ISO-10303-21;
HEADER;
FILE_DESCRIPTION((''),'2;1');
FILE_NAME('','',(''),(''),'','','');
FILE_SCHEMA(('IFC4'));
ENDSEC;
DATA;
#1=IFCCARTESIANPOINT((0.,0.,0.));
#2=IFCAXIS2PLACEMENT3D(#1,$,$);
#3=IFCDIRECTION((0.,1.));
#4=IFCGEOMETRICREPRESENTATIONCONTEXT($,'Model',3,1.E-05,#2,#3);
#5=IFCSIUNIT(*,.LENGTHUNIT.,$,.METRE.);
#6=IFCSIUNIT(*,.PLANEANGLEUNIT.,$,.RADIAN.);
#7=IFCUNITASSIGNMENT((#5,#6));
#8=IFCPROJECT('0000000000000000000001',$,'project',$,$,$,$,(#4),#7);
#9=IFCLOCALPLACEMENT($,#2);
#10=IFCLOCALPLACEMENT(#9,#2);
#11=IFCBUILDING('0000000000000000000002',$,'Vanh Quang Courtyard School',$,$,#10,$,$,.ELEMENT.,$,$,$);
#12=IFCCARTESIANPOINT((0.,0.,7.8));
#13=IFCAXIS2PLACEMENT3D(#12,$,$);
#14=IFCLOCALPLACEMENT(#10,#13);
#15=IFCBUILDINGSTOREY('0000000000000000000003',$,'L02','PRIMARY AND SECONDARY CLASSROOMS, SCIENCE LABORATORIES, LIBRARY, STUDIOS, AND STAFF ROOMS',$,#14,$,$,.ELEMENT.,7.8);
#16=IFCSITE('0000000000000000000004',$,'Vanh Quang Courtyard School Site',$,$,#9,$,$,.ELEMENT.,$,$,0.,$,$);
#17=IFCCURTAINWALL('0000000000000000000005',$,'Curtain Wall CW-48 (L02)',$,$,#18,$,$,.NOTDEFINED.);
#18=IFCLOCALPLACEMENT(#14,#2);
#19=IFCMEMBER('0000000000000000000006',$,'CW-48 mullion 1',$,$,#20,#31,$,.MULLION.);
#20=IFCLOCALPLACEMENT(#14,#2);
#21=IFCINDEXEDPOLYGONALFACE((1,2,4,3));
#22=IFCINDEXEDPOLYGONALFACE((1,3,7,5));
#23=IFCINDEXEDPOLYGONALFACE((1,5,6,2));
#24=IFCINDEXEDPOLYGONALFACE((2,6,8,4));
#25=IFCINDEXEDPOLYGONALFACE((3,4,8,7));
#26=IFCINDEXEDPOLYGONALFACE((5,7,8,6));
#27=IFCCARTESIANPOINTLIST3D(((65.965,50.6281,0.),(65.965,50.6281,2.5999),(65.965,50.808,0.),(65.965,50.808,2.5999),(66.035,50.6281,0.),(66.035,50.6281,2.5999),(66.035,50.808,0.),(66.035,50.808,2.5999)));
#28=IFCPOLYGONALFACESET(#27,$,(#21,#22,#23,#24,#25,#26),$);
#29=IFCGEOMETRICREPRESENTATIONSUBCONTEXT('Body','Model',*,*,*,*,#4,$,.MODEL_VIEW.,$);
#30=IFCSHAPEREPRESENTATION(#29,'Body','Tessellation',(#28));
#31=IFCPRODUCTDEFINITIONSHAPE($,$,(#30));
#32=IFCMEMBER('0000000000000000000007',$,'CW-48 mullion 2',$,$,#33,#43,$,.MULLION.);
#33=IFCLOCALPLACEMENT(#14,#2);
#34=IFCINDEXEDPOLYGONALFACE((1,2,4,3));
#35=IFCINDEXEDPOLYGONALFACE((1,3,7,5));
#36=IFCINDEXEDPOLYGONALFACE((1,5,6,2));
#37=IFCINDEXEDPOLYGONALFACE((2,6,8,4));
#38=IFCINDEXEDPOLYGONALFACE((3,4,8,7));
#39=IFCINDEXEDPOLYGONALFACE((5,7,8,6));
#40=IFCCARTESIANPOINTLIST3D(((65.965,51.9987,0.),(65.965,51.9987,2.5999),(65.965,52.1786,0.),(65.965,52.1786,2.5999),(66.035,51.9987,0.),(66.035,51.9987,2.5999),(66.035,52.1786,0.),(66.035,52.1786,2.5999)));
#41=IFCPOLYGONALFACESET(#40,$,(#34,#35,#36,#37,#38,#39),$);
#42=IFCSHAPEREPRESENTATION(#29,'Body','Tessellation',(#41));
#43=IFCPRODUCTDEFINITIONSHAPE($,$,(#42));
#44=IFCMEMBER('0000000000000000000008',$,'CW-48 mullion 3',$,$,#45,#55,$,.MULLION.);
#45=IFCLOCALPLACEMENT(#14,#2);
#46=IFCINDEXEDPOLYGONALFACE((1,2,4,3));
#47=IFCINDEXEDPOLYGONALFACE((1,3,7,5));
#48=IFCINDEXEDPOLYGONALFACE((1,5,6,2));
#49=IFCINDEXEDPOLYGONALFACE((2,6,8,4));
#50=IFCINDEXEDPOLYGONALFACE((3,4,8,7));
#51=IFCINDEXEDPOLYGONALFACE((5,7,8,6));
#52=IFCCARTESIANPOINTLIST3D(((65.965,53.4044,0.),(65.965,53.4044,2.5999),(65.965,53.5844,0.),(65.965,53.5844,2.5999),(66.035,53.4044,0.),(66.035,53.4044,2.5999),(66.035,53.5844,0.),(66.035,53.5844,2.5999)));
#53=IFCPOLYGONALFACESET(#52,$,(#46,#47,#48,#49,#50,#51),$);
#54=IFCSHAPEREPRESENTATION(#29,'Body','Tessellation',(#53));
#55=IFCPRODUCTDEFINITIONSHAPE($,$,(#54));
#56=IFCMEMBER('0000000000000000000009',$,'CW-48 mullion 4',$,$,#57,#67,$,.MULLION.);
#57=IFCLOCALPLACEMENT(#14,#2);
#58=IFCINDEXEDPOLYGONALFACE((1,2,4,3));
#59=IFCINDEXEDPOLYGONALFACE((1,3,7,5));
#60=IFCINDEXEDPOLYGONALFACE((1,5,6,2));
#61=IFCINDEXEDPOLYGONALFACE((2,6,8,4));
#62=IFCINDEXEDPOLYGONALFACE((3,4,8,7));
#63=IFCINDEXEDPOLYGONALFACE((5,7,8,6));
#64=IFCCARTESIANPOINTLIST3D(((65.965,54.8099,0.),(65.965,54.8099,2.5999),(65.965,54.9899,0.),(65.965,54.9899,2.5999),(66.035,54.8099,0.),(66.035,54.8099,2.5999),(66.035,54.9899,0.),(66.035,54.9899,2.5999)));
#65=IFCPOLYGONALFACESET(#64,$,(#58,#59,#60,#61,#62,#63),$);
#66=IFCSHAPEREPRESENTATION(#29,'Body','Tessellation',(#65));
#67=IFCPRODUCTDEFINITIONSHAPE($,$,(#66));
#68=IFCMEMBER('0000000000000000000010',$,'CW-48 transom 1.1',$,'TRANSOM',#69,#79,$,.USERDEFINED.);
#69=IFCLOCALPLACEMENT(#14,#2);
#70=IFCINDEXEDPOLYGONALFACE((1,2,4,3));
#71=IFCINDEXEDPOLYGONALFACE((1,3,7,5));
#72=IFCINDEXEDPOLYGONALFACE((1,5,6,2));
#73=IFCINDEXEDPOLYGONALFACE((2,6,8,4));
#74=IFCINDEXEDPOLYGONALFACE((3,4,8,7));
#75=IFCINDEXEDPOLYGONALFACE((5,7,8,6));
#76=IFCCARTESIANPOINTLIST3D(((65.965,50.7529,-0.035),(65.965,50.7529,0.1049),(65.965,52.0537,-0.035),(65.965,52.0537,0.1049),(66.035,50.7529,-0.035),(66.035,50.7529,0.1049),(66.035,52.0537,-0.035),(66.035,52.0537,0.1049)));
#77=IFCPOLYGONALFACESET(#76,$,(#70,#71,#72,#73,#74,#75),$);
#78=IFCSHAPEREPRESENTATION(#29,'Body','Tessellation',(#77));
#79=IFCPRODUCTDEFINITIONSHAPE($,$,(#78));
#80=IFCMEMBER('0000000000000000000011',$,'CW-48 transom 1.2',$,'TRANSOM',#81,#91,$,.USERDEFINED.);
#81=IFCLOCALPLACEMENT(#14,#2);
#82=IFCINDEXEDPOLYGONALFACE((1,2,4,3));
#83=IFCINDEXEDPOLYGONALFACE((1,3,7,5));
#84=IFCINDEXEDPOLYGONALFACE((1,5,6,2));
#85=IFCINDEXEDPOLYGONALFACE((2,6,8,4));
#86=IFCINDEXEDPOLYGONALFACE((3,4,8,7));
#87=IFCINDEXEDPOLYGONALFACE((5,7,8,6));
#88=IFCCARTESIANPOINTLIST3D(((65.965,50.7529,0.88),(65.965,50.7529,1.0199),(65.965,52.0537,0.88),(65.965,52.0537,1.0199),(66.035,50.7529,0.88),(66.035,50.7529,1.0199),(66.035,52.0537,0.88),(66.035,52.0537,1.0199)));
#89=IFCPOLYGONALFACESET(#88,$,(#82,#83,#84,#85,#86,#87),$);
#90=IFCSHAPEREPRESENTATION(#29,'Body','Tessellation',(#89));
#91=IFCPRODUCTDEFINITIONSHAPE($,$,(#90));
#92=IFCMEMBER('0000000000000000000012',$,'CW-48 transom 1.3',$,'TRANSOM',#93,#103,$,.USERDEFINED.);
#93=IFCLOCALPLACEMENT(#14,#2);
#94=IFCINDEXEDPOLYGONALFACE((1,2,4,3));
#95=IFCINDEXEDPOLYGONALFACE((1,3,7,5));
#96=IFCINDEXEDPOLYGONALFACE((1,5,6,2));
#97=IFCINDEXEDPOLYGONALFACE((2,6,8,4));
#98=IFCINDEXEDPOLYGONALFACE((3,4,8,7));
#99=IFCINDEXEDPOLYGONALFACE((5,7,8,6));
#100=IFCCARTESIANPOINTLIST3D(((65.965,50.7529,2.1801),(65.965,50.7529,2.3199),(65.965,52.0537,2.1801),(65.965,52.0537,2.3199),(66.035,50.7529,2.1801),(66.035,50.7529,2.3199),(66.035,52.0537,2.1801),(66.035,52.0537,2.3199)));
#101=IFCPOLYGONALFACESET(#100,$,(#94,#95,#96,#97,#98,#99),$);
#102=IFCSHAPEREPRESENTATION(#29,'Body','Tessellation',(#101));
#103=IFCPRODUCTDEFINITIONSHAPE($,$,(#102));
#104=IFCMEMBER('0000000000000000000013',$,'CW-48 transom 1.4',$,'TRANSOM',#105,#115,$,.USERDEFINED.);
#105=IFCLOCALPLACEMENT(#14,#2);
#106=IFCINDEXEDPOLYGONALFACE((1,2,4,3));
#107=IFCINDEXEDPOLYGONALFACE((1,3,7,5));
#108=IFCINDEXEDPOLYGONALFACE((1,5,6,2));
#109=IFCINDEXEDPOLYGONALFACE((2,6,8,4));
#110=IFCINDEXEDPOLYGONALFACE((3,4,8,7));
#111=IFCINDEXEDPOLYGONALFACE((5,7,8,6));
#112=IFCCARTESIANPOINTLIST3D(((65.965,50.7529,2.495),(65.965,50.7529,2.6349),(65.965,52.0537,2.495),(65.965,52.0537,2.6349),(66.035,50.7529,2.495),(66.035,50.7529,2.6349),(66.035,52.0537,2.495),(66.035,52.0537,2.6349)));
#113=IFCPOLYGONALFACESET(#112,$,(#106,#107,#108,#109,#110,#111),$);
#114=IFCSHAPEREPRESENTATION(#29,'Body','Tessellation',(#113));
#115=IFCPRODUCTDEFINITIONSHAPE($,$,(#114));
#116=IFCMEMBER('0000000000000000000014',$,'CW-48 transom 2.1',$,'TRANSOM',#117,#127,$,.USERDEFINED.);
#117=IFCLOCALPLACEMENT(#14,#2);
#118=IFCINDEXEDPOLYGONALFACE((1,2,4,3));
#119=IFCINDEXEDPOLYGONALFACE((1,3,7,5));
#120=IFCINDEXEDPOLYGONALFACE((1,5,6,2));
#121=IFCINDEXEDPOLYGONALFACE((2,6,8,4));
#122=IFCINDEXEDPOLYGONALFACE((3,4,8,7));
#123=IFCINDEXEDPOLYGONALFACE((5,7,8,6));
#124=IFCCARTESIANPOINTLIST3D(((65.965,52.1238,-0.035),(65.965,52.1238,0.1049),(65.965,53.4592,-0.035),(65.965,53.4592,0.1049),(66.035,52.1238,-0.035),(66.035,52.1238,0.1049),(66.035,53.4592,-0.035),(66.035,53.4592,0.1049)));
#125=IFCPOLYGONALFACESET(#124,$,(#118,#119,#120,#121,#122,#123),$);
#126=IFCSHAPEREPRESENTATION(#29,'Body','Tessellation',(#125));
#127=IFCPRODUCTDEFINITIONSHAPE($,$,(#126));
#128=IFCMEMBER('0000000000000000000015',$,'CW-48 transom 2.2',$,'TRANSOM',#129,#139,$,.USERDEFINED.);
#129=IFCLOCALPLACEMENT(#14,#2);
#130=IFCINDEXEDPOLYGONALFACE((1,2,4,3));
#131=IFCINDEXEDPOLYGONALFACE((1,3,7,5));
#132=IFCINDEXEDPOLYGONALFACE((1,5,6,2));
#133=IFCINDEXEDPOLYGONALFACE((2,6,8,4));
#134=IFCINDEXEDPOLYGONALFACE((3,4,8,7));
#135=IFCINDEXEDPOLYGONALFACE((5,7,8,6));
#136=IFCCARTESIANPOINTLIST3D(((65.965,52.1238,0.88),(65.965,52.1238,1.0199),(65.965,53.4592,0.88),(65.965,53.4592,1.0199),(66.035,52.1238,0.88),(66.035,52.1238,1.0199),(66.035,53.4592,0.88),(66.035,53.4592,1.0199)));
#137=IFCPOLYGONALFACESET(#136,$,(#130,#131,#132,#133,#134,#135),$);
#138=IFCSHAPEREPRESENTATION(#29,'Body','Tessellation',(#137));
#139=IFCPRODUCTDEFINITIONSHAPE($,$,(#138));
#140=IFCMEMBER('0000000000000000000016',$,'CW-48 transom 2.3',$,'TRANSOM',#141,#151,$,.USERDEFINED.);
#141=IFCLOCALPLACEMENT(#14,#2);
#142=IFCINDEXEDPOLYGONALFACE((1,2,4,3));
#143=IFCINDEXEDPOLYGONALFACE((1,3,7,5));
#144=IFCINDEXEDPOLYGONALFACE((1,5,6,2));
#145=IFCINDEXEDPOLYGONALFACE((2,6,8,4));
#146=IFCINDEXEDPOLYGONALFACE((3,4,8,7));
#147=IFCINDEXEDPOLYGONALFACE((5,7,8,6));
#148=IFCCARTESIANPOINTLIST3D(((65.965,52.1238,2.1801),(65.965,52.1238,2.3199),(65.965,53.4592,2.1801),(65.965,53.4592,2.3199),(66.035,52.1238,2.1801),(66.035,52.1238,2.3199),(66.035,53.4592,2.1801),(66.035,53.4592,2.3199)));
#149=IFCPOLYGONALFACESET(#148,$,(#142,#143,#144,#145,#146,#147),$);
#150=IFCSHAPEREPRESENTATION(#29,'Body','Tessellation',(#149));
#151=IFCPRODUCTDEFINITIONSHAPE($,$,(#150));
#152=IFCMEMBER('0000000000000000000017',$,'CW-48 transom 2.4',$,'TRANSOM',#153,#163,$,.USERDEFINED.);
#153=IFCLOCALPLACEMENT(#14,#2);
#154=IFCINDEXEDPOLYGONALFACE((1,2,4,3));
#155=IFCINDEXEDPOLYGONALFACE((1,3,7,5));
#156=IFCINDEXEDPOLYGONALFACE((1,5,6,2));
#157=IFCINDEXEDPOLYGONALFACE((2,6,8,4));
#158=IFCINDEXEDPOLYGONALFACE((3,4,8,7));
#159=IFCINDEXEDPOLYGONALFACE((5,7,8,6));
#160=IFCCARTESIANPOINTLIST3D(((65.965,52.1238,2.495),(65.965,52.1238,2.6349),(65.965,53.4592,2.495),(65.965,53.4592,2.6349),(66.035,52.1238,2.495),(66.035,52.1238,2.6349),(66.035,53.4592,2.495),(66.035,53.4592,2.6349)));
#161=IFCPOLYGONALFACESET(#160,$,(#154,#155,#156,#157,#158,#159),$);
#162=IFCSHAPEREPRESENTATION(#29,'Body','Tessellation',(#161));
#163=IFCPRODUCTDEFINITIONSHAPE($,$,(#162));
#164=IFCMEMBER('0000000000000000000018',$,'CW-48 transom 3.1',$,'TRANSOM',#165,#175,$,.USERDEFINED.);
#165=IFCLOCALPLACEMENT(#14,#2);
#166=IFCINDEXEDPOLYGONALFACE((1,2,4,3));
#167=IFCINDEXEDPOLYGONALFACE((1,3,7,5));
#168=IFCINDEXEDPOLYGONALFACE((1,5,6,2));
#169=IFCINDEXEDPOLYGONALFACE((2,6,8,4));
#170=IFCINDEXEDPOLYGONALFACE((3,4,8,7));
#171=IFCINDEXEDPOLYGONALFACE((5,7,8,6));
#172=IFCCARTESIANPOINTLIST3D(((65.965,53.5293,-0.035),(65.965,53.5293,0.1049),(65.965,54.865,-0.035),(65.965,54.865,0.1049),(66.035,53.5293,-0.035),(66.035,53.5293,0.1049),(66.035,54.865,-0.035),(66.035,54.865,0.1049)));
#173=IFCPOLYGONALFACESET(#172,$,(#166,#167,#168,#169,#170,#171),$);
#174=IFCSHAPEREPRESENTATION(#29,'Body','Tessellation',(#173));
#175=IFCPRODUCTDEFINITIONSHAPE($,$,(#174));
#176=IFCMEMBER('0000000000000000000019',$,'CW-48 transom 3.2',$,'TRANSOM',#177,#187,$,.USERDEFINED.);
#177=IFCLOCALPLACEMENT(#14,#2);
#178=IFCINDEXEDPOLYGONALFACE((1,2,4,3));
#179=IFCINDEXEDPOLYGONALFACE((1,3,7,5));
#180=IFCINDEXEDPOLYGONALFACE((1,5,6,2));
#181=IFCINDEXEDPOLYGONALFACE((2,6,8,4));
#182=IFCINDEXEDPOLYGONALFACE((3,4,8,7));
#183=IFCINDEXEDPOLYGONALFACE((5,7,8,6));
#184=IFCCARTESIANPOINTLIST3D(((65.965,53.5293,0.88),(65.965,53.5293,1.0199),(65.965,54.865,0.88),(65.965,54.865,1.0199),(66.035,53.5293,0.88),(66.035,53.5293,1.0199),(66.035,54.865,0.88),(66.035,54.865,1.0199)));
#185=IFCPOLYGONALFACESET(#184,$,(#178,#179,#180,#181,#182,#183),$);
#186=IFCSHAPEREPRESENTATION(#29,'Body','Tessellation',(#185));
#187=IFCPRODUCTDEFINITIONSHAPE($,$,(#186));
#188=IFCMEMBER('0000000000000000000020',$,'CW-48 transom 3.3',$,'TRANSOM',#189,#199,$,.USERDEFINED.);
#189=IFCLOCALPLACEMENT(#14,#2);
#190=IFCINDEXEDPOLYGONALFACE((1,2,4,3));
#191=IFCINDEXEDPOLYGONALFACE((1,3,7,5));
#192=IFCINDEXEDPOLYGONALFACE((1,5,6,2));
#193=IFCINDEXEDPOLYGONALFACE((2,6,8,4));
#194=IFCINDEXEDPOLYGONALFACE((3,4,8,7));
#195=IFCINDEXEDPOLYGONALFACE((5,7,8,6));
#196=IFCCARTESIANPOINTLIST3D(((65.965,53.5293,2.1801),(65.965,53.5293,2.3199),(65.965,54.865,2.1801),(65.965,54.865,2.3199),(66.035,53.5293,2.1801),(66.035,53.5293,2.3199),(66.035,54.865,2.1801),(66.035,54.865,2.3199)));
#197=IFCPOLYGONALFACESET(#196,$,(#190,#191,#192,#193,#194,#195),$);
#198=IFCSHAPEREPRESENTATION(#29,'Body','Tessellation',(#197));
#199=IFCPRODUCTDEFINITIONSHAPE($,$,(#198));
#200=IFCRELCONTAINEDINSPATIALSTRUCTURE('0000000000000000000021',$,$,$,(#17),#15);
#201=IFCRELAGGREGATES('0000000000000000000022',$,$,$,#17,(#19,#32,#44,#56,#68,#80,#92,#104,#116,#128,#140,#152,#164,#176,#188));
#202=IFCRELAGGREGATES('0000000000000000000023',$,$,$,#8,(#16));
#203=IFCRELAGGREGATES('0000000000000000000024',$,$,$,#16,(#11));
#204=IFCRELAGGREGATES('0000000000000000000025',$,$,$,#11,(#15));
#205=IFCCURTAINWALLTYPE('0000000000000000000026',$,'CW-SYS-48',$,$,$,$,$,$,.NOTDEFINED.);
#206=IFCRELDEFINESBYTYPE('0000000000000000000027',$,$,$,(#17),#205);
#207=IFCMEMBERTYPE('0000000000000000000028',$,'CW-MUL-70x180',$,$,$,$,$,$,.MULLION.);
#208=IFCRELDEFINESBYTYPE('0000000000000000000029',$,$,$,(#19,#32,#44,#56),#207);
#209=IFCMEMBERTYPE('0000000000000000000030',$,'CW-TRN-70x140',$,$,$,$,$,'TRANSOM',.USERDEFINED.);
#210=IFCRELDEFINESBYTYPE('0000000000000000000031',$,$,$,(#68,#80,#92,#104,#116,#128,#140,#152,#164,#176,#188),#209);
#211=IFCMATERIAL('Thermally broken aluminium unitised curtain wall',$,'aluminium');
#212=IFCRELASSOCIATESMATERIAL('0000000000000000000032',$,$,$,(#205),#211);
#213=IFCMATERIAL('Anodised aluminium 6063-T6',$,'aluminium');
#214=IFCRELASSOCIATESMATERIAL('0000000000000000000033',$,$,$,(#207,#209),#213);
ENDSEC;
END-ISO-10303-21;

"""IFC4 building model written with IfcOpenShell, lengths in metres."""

from ifc_helpers import new_model, si_unit, direction, frame, origin, origin_2d, place, context, subcontext, project, spatial, rectangle, extrude, material, material_profile, profile_set, type_object, element, aggregate, save


model = new_model("IFC4")

# Units and contexts
model_context = context("Model", 3, precision=1e-05, world=origin(), true_north=direction((0.0, 1.0)))
body_context = subcontext(model_context, "Body", "Model", "MODEL_VIEW")
ifc_project = project(units=[si_unit("LENGTHUNIT", "METRE"), si_unit("PLANEANGLEUNIT", "RADIAN")], contexts=[model_context])

# Site, building, storey
site_placement = place(None, origin())
site = spatial("IfcSite", under=ifc_project, at=site_placement, Name="Vanh Quang Courtyard School Site", CompositionType="ELEMENT", RefElevation=0.0)
building_placement = place(site_placement, origin())
building = spatial("IfcBuilding", under=site, at=building_placement, Name="Vanh Quang Courtyard School", CompositionType="ELEMENT")
storey_placement = place(building_placement, frame((0.0, 0.0, 7.8)))
storey = spatial("IfcBuildingStorey", under=building, at=storey_placement, Name="L02", Description="PRIMARY AND SECONDARY CLASSROOMS, SCIENCE LABORATORIES, LIBRARY, STUDIOS, AND STAFF ROOMS", CompositionType="ELEMENT", Elevation=7.8)

# Curtain wall, members
ifc_material_1 = material(Name="Thermally broken aluminium unitised curtain wall", Category="aluminium")
curtain_wall_type = type_object("IfcCurtainWallType", Name="CW-SYS-48", PredefinedType="NOTDEFINED", material=ifc_material_1)
curtain_wall_placement = place(storey_placement, origin())
curtain_wall = element("IfcCurtainWall", 1, at=curtain_wall_placement, inside=storey, type_object=curtain_wall_type, Name="Curtain Wall CW-48 (L02)", PredefinedType="NOTDEFINED")
ifc_material_2 = material(Name="Anodised aluminium 6063-T6", Category="aluminium")
ifc_material_profile_1 = material_profile(ifc_material_2, rectangle(XDim=0.0701, YDim=0.1799, at=origin_2d()), Name="ALU-MUL 70x180")
ifc_profile_set_1 = profile_set([ifc_material_profile_1], Name="Anodised aluminium 6063-T6")
member_type_1 = type_object("IfcMemberType", Name="CW-MUL-70x180", PredefinedType="MULLION", material=ifc_profile_set_1)
member_1_placement = place(storey_placement, frame((66.0, 50.718, 0.0), z_axis=(0.0, 0.0, 1.0), x_axis=(-1.0, 0.0, 0.0)))
member_1 = element("IfcMember", 2, at=member_1_placement, type_object=member_type_1, Name="CW-48 mullion 1", PredefinedType="MULLION", context=body_context, shape_type="SweptSolid", body=[
    extrude(rectangle(XDim=0.0701, YDim=0.1799, at=origin_2d()), origin(), (0.0, 0.0, 1.0), 2.5999),
])
member_2_placement = place(storey_placement, frame((66.0, 52.0886, 0.0), z_axis=(0.0, 0.0, 1.0), x_axis=(-1.0, 0.0, 0.0)))
member_2 = element("IfcMember", 3, at=member_2_placement, type_object=member_type_1, Name="CW-48 mullion 2", PredefinedType="MULLION", context=body_context, shape_type="SweptSolid", body=[
    extrude(rectangle(XDim=0.0701, YDim=0.1799, at=origin_2d()), origin(), (0.0, 0.0, 1.0), 2.5999),
])
member_3_placement = place(storey_placement, frame((66.0, 53.4944, 0.0), z_axis=(0.0, 0.0, 1.0), x_axis=(-1.0, 0.0, 0.0)))
member_3 = element("IfcMember", 4, at=member_3_placement, type_object=member_type_1, Name="CW-48 mullion 3", PredefinedType="MULLION", context=body_context, shape_type="SweptSolid", body=[
    extrude(rectangle(XDim=0.0701, YDim=0.1799, at=origin_2d()), origin(), (0.0, 0.0, 1.0), 2.5999),
])
member_4_placement = place(storey_placement, frame((66.0, 54.8999, 0.0), z_axis=(0.0, 0.0, 1.0), x_axis=(-1.0, 0.0, 0.0)))
member_4 = element("IfcMember", 5, at=member_4_placement, type_object=member_type_1, Name="CW-48 mullion 4", PredefinedType="MULLION", context=body_context, shape_type="SweptSolid", body=[
    extrude(rectangle(XDim=0.0701, YDim=0.1799, at=origin_2d()), origin(), (0.0, 0.0, 1.0), 2.5999),
])
ifc_material_profile_2 = material_profile(ifc_material_2, rectangle(XDim=0.0701, YDim=0.1399, at=origin_2d()), Name="ALU-TRN 70x140")
ifc_profile_set_2 = profile_set([ifc_material_profile_2], Name="Anodised aluminium 6063-T6")
member_type_2 = type_object("IfcMemberType", Name="CW-TRN-70x140", ElementType="TRANSOM", PredefinedType="USERDEFINED", material=ifc_profile_set_2)
member_5_placement = place(storey_placement, frame((66.0, 50.7529, 0.0349), z_axis=(0.0, 1.0, 0.0), x_axis=(-1.0, 0.0, 0.0)))
member_5 = element("IfcMember", 6, at=member_5_placement, type_object=member_type_2, Name="CW-48 transom 1.1", ObjectType="TRANSOM", PredefinedType="USERDEFINED", context=body_context, shape_type="SweptSolid", body=[
    extrude(rectangle(XDim=0.0701, YDim=0.1399, at=origin_2d()), origin(), (0.0, 0.0, 1.0), 1.3008),
])
member_6_placement = place(storey_placement, frame((66.0, 50.7529, 0.95), z_axis=(0.0, 1.0, 0.0), x_axis=(-1.0, 0.0, 0.0)))
member_6 = element("IfcMember", 7, at=member_6_placement, type_object=member_type_2, Name="CW-48 transom 1.2", ObjectType="TRANSOM", PredefinedType="USERDEFINED", context=body_context, shape_type="SweptSolid", body=[
    extrude(rectangle(XDim=0.0701, YDim=0.1399, at=origin_2d()), origin(), (0.0, 0.0, 1.0), 1.3008),
])
member_7_placement = place(storey_placement, frame((66.0, 50.7529, 2.25), z_axis=(0.0, 1.0, 0.0), x_axis=(-1.0, 0.0, 0.0)))
member_7 = element("IfcMember", 8, at=member_7_placement, type_object=member_type_2, Name="CW-48 transom 1.3", ObjectType="TRANSOM", PredefinedType="USERDEFINED", context=body_context, shape_type="SweptSolid", body=[
    extrude(rectangle(XDim=0.0701, YDim=0.1399, at=origin_2d()), origin(), (0.0, 0.0, 1.0), 1.3008),
])
member_8_placement = place(storey_placement, frame((66.0, 50.7529, 2.5649), z_axis=(0.0, 1.0, 0.0), x_axis=(-1.0, 0.0, 0.0)))
member_8 = element("IfcMember", 9, at=member_8_placement, type_object=member_type_2, Name="CW-48 transom 1.4", ObjectType="TRANSOM", PredefinedType="USERDEFINED", context=body_context, shape_type="SweptSolid", body=[
    extrude(rectangle(XDim=0.0701, YDim=0.1399, at=origin_2d()), origin(), (0.0, 0.0, 1.0), 1.3008),
])
member_9_placement = place(storey_placement, frame((66.0, 52.1238, 0.0349), z_axis=(0.0, 1.0, 0.0), x_axis=(-1.0, 0.0, 0.0)))
member_9 = element("IfcMember", 10, at=member_9_placement, type_object=member_type_2, Name="CW-48 transom 2.1", ObjectType="TRANSOM", PredefinedType="USERDEFINED", context=body_context, shape_type="SweptSolid", body=[
    extrude(rectangle(XDim=0.0701, YDim=0.1399, at=origin_2d()), origin(), (0.0, 0.0, 1.0), 1.3354),
])
member_10_placement = place(storey_placement, frame((66.0, 52.1238, 0.95), z_axis=(0.0, 1.0, 0.0), x_axis=(-1.0, 0.0, 0.0)))
member_10 = element("IfcMember", 11, at=member_10_placement, type_object=member_type_2, Name="CW-48 transom 2.2", ObjectType="TRANSOM", PredefinedType="USERDEFINED", context=body_context, shape_type="SweptSolid", body=[
    extrude(rectangle(XDim=0.0701, YDim=0.1399, at=origin_2d()), origin(), (0.0, 0.0, 1.0), 1.3354),
])
member_11_placement = place(storey_placement, frame((66.0, 52.1238, 2.25), z_axis=(0.0, 1.0, 0.0), x_axis=(-1.0, 0.0, 0.0)))
member_11 = element("IfcMember", 12, at=member_11_placement, type_object=member_type_2, Name="CW-48 transom 2.3", ObjectType="TRANSOM", PredefinedType="USERDEFINED", context=body_context, shape_type="SweptSolid", body=[
    extrude(rectangle(XDim=0.0701, YDim=0.1399, at=origin_2d()), origin(), (0.0, 0.0, 1.0), 1.3354),
])
member_12_placement = place(storey_placement, frame((66.0, 52.1238, 2.5649), z_axis=(0.0, 1.0, 0.0), x_axis=(-1.0, 0.0, 0.0)))
member_12 = element("IfcMember", 13, at=member_12_placement, type_object=member_type_2, Name="CW-48 transom 2.4", ObjectType="TRANSOM", PredefinedType="USERDEFINED", context=body_context, shape_type="SweptSolid", body=[
    extrude(rectangle(XDim=0.0701, YDim=0.1399, at=origin_2d()), origin(), (0.0, 0.0, 1.0), 1.3354),
])
member_13_placement = place(storey_placement, frame((66.0, 53.5293, 0.0349), z_axis=(0.0, 1.0, 0.0), x_axis=(-1.0, 0.0, 0.0)))
member_13 = element("IfcMember", 14, at=member_13_placement, type_object=member_type_2, Name="CW-48 transom 3.1", ObjectType="TRANSOM", PredefinedType="USERDEFINED", context=body_context, shape_type="SweptSolid", body=[
    extrude(rectangle(XDim=0.0701, YDim=0.1399, at=origin_2d()), origin(), (0.0, 0.0, 1.0), 1.3357),
])
member_14_placement = place(storey_placement, frame((66.0, 53.5293, 0.95), z_axis=(0.0, 1.0, 0.0), x_axis=(-1.0, 0.0, 0.0)))
member_14 = element("IfcMember", 15, at=member_14_placement, type_object=member_type_2, Name="CW-48 transom 3.2", ObjectType="TRANSOM", PredefinedType="USERDEFINED", context=body_context, shape_type="SweptSolid", body=[
    extrude(rectangle(XDim=0.0701, YDim=0.1399, at=origin_2d()), origin(), (0.0, 0.0, 1.0), 1.3357),
])
member_15_placement = place(storey_placement, frame((66.0, 53.5293, 2.25), z_axis=(0.0, 1.0, 0.0), x_axis=(-1.0, 0.0, 0.0)))
member_15 = element("IfcMember", 16, at=member_15_placement, type_object=member_type_2, Name="CW-48 transom 3.3", ObjectType="TRANSOM", PredefinedType="USERDEFINED", context=body_context, shape_type="SweptSolid", body=[
    extrude(rectangle(XDim=0.0701, YDim=0.1399, at=origin_2d()), origin(), (0.0, 0.0, 1.0), 1.3357),
])
aggregate(curtain_wall, [member_1, member_2, member_3, member_4, member_5, member_6, member_7, member_8, member_9, member_10, member_11, member_12, member_13, member_14, member_15])

save(model, "model.ifc")
